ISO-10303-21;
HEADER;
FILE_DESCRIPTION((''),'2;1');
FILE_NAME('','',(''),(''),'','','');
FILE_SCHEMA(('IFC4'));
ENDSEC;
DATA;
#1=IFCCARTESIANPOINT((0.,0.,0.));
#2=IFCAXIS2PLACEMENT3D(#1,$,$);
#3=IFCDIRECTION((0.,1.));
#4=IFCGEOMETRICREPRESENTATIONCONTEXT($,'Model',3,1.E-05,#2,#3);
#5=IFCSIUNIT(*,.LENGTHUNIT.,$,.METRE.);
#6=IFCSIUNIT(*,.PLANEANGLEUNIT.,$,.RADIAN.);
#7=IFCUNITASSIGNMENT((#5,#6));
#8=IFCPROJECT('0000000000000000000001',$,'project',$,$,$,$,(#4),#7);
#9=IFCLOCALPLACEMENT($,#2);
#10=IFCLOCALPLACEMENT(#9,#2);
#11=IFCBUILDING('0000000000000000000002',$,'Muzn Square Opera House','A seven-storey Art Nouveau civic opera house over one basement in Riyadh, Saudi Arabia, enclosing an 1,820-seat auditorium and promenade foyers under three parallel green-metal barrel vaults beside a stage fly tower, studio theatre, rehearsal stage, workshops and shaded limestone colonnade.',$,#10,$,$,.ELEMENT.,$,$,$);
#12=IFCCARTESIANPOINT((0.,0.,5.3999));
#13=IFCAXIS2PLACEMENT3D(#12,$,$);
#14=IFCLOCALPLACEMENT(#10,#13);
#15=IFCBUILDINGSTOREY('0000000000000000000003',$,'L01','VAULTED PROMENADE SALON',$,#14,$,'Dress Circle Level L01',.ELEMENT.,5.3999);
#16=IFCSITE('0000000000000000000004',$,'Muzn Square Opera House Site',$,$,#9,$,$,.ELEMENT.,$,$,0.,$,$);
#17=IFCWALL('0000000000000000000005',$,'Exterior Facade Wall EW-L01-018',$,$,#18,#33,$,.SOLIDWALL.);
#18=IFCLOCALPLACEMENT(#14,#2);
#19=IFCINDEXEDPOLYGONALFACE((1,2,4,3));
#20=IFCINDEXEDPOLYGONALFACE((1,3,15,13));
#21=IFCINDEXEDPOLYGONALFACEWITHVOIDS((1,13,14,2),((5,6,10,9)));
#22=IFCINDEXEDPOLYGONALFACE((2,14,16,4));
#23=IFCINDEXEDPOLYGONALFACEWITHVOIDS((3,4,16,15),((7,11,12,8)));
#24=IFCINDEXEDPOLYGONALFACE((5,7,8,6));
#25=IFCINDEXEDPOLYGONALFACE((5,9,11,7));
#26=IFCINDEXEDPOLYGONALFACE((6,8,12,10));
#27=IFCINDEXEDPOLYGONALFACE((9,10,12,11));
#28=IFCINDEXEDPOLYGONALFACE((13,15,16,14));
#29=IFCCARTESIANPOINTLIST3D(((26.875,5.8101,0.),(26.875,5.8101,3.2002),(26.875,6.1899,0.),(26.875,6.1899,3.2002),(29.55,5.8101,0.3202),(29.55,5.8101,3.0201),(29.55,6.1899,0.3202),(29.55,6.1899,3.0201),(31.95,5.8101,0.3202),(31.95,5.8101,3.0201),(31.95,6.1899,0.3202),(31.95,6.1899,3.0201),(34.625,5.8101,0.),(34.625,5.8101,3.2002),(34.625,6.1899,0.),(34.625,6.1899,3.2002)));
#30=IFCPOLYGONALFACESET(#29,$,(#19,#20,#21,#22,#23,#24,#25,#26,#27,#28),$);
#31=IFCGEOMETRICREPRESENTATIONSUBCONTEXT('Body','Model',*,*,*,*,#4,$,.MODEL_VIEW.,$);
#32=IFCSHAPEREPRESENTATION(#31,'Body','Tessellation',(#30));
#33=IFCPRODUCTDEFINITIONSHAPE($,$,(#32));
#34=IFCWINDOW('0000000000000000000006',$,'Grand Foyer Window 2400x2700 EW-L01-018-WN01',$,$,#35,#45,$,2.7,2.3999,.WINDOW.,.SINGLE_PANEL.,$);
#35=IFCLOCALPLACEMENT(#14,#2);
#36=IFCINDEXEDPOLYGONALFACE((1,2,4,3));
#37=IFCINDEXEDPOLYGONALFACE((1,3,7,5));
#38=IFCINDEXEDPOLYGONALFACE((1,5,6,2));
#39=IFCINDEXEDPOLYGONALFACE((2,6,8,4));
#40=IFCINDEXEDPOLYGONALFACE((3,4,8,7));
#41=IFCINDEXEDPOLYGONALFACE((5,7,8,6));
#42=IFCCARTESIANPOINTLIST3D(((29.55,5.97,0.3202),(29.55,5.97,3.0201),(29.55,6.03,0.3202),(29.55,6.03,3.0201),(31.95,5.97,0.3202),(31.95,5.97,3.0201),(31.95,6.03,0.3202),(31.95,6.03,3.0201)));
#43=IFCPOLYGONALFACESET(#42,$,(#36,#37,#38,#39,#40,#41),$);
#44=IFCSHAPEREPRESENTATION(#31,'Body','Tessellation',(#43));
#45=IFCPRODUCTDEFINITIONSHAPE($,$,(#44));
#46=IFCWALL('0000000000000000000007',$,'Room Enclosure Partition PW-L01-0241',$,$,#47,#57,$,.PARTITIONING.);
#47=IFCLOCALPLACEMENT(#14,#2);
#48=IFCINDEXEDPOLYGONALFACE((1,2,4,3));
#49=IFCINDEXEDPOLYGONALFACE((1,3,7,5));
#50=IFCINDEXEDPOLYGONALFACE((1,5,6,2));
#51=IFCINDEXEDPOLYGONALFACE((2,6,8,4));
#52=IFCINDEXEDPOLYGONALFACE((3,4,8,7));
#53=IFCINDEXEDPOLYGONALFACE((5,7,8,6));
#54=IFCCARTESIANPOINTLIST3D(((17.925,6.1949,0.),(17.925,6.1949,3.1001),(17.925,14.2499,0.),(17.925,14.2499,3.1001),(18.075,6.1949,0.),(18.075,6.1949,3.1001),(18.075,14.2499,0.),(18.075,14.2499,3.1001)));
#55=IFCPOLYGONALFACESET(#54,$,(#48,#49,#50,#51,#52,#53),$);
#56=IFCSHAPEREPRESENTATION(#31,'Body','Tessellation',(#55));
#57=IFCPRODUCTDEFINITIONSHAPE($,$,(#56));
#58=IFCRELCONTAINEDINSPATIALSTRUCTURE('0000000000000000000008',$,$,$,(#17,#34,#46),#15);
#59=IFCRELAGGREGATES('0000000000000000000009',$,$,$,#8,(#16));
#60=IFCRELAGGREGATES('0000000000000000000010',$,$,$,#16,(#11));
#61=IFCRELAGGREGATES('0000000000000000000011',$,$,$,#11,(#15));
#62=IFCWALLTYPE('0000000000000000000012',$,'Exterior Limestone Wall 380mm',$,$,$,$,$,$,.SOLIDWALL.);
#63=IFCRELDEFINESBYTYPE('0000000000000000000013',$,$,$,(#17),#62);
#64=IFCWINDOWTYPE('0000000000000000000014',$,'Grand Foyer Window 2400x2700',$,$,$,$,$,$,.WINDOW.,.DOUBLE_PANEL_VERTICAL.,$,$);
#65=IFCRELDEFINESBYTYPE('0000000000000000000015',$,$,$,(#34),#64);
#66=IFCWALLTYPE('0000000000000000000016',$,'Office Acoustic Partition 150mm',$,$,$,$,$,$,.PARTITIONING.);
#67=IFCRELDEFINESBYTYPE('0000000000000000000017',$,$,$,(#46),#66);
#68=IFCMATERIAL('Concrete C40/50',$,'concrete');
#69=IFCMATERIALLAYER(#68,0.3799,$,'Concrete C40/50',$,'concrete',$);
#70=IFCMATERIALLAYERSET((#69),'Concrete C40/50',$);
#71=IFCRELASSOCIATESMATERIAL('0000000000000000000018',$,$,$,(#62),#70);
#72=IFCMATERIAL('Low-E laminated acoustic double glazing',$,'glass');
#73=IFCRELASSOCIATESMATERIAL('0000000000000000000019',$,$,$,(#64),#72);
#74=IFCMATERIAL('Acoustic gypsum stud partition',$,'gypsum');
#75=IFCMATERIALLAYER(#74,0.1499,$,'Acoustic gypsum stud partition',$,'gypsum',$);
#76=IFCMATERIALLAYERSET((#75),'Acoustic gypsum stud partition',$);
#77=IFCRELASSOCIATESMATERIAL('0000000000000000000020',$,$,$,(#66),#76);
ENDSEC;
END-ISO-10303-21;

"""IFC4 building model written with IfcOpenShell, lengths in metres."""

from ifc_helpers import new_model, si_unit, direction, frame, frame_2d, origin, place, context, subcontext, project, spatial, rectangle, extrude, material, layer, layer_set, type_object, element, fill, save


model = new_model("IFC4")

# Units and contexts
model_context = context("Model", 3, precision=1e-05, world=origin(), true_north=direction((0.0, 1.0)))
body_context = subcontext(model_context, "Body", "Model", "MODEL_VIEW")
ifc_project = project(units=[si_unit("LENGTHUNIT", "METRE"), si_unit("PLANEANGLEUNIT", "RADIAN")], contexts=[model_context])

# Site, building, storey
site_placement = place(None, origin())
site = spatial("IfcSite", under=ifc_project, at=site_placement, Name="Muzn Square Opera House Site", CompositionType="ELEMENT", RefElevation=0.0)
building_placement = place(site_placement, origin())
building = spatial("IfcBuilding", under=site, at=building_placement, Name="Muzn Square Opera House", Description="A seven-storey Art Nouveau civic opera house over one basement in Riyadh, Saudi Arabia, enclosing an 1,820-seat auditorium and promenade foyers under three parallel green-metal barrel vaults beside a stage fly tower, studio theatre, rehearsal stage, workshops and shaded limestone colonnade.", CompositionType="ELEMENT")
storey_placement = place(building_placement, frame((0.0, 0.0, 5.3999)))
storey = spatial("IfcBuildingStorey", under=building, at=storey_placement, Name="L01", Description="VAULTED PROMENADE SALON", LongName="Dress Circle Level L01", CompositionType="ELEMENT", Elevation=5.3999)

# Shared definitions
ifc_material_1 = material(Name="Concrete C40/50", Category="concrete")

# Shared definitions
ifc_layer_1 = layer(ifc_material_1, 0.3799, Name="Concrete C40/50", Category="concrete")
ifc_layer_set_1 = layer_set([ifc_layer_1], Name="Concrete C40/50")
wall_type_1 = type_object("IfcWallType", Name="Exterior Limestone Wall 380mm", PredefinedType="SOLIDWALL", material=ifc_layer_set_1)

# Wall, opening, window
wall_1_placement = place(storey_placement, frame((26.875, 6.0, 0.0), z_axis=(0.0, 0.0, 1.0), x_axis=(1.0, 0.0, 0.0)))
wall_1 = element("IfcWall", 1, at=wall_1_placement, inside=storey, type_object=wall_type_1, Name="Exterior Facade Wall EW-L01-018", PredefinedType="SOLIDWALL", context=body_context, shape_type="SweptSolid", body=[
    extrude(rectangle(XDim=7.75, YDim=0.3799, at=frame_2d((3.875, 0.0))), origin(), (0.0, 0.0, 1.0), 3.2002),
])
opening_1_placement = place(wall_1_placement, frame((2.675, 0.0, 0.3201)))
opening_1 = element("IfcOpeningElement", 2, at=opening_1_placement, cuts=wall_1, PredefinedType="OPENING", context=body_context, shape_type="SweptSolid", body=[
    extrude(rectangle(XDim=2.3999, YDim=2.7, at=frame_2d((1.2, 1.3501))), frame((0.0, 0.2, 0.0), z_axis=(0.0, -1.0, 0.0), x_axis=(1.0, 0.0, 0.0)), (0.0, 0.0, 1.0), 0.3999),
])
ifc_material_2 = material(Name="Low-E laminated acoustic double glazing", Category="glass")
window_type = type_object("IfcWindowType", Name="Grand Foyer Window 2400x2700", PartitioningType="DOUBLE_PANEL_VERTICAL", PredefinedType="WINDOW", material=ifc_material_2)
window_placement = place(opening_1_placement, origin())
window = element("IfcWindow", 3, at=window_placement, inside=storey, type_object=window_type, Name="Grand Foyer Window 2400x2700 EW-L01-018-WN01", OverallHeight=2.7, OverallWidth=2.3999, PartitioningType="SINGLE_PANEL", PredefinedType="WINDOW", context=body_context, shape_type="SweptSolid", body=[
    extrude(rectangle(XDim=2.3999, YDim=2.7, at=frame_2d((1.2, 1.3501))), frame((0.0, 0.03, 0.0), z_axis=(0.0, -1.0, 0.0), x_axis=(1.0, 0.0, 0.0)), (0.0, 0.0, 1.0), 0.0601),
])
fill(opening_1, window)

# Wall
ifc_material_3 = material(Name="Acoustic gypsum stud partition", Category="gypsum")
ifc_layer_2 = layer(ifc_material_3, 0.1499, Name="Acoustic gypsum stud partition", Category="gypsum")
ifc_layer_set_2 = layer_set([ifc_layer_2], Name="Acoustic gypsum stud partition")
wall_type_2 = type_object("IfcWallType", Name="Office Acoustic Partition 150mm", PredefinedType="PARTITIONING", material=ifc_layer_set_2)
wall_2_placement = place(storey_placement, frame((18.0, 6.1951, 0.0), z_axis=(0.0, 0.0, 1.0), x_axis=(0.0, 1.0, 0.0)))
element("IfcWall", 4, at=wall_2_placement, inside=storey, type_object=wall_type_2, Name="Room Enclosure Partition PW-L01-0241", PredefinedType="PARTITIONING", context=body_context, shape_type="SweptSolid", body=[
    extrude(rectangle(XDim=8.0549, YDim=0.1499, at=frame_2d((4.0273, 0.0))), origin(), (0.0, 0.0, 1.0), 3.1001),
])

save(model, "model.ifc")
